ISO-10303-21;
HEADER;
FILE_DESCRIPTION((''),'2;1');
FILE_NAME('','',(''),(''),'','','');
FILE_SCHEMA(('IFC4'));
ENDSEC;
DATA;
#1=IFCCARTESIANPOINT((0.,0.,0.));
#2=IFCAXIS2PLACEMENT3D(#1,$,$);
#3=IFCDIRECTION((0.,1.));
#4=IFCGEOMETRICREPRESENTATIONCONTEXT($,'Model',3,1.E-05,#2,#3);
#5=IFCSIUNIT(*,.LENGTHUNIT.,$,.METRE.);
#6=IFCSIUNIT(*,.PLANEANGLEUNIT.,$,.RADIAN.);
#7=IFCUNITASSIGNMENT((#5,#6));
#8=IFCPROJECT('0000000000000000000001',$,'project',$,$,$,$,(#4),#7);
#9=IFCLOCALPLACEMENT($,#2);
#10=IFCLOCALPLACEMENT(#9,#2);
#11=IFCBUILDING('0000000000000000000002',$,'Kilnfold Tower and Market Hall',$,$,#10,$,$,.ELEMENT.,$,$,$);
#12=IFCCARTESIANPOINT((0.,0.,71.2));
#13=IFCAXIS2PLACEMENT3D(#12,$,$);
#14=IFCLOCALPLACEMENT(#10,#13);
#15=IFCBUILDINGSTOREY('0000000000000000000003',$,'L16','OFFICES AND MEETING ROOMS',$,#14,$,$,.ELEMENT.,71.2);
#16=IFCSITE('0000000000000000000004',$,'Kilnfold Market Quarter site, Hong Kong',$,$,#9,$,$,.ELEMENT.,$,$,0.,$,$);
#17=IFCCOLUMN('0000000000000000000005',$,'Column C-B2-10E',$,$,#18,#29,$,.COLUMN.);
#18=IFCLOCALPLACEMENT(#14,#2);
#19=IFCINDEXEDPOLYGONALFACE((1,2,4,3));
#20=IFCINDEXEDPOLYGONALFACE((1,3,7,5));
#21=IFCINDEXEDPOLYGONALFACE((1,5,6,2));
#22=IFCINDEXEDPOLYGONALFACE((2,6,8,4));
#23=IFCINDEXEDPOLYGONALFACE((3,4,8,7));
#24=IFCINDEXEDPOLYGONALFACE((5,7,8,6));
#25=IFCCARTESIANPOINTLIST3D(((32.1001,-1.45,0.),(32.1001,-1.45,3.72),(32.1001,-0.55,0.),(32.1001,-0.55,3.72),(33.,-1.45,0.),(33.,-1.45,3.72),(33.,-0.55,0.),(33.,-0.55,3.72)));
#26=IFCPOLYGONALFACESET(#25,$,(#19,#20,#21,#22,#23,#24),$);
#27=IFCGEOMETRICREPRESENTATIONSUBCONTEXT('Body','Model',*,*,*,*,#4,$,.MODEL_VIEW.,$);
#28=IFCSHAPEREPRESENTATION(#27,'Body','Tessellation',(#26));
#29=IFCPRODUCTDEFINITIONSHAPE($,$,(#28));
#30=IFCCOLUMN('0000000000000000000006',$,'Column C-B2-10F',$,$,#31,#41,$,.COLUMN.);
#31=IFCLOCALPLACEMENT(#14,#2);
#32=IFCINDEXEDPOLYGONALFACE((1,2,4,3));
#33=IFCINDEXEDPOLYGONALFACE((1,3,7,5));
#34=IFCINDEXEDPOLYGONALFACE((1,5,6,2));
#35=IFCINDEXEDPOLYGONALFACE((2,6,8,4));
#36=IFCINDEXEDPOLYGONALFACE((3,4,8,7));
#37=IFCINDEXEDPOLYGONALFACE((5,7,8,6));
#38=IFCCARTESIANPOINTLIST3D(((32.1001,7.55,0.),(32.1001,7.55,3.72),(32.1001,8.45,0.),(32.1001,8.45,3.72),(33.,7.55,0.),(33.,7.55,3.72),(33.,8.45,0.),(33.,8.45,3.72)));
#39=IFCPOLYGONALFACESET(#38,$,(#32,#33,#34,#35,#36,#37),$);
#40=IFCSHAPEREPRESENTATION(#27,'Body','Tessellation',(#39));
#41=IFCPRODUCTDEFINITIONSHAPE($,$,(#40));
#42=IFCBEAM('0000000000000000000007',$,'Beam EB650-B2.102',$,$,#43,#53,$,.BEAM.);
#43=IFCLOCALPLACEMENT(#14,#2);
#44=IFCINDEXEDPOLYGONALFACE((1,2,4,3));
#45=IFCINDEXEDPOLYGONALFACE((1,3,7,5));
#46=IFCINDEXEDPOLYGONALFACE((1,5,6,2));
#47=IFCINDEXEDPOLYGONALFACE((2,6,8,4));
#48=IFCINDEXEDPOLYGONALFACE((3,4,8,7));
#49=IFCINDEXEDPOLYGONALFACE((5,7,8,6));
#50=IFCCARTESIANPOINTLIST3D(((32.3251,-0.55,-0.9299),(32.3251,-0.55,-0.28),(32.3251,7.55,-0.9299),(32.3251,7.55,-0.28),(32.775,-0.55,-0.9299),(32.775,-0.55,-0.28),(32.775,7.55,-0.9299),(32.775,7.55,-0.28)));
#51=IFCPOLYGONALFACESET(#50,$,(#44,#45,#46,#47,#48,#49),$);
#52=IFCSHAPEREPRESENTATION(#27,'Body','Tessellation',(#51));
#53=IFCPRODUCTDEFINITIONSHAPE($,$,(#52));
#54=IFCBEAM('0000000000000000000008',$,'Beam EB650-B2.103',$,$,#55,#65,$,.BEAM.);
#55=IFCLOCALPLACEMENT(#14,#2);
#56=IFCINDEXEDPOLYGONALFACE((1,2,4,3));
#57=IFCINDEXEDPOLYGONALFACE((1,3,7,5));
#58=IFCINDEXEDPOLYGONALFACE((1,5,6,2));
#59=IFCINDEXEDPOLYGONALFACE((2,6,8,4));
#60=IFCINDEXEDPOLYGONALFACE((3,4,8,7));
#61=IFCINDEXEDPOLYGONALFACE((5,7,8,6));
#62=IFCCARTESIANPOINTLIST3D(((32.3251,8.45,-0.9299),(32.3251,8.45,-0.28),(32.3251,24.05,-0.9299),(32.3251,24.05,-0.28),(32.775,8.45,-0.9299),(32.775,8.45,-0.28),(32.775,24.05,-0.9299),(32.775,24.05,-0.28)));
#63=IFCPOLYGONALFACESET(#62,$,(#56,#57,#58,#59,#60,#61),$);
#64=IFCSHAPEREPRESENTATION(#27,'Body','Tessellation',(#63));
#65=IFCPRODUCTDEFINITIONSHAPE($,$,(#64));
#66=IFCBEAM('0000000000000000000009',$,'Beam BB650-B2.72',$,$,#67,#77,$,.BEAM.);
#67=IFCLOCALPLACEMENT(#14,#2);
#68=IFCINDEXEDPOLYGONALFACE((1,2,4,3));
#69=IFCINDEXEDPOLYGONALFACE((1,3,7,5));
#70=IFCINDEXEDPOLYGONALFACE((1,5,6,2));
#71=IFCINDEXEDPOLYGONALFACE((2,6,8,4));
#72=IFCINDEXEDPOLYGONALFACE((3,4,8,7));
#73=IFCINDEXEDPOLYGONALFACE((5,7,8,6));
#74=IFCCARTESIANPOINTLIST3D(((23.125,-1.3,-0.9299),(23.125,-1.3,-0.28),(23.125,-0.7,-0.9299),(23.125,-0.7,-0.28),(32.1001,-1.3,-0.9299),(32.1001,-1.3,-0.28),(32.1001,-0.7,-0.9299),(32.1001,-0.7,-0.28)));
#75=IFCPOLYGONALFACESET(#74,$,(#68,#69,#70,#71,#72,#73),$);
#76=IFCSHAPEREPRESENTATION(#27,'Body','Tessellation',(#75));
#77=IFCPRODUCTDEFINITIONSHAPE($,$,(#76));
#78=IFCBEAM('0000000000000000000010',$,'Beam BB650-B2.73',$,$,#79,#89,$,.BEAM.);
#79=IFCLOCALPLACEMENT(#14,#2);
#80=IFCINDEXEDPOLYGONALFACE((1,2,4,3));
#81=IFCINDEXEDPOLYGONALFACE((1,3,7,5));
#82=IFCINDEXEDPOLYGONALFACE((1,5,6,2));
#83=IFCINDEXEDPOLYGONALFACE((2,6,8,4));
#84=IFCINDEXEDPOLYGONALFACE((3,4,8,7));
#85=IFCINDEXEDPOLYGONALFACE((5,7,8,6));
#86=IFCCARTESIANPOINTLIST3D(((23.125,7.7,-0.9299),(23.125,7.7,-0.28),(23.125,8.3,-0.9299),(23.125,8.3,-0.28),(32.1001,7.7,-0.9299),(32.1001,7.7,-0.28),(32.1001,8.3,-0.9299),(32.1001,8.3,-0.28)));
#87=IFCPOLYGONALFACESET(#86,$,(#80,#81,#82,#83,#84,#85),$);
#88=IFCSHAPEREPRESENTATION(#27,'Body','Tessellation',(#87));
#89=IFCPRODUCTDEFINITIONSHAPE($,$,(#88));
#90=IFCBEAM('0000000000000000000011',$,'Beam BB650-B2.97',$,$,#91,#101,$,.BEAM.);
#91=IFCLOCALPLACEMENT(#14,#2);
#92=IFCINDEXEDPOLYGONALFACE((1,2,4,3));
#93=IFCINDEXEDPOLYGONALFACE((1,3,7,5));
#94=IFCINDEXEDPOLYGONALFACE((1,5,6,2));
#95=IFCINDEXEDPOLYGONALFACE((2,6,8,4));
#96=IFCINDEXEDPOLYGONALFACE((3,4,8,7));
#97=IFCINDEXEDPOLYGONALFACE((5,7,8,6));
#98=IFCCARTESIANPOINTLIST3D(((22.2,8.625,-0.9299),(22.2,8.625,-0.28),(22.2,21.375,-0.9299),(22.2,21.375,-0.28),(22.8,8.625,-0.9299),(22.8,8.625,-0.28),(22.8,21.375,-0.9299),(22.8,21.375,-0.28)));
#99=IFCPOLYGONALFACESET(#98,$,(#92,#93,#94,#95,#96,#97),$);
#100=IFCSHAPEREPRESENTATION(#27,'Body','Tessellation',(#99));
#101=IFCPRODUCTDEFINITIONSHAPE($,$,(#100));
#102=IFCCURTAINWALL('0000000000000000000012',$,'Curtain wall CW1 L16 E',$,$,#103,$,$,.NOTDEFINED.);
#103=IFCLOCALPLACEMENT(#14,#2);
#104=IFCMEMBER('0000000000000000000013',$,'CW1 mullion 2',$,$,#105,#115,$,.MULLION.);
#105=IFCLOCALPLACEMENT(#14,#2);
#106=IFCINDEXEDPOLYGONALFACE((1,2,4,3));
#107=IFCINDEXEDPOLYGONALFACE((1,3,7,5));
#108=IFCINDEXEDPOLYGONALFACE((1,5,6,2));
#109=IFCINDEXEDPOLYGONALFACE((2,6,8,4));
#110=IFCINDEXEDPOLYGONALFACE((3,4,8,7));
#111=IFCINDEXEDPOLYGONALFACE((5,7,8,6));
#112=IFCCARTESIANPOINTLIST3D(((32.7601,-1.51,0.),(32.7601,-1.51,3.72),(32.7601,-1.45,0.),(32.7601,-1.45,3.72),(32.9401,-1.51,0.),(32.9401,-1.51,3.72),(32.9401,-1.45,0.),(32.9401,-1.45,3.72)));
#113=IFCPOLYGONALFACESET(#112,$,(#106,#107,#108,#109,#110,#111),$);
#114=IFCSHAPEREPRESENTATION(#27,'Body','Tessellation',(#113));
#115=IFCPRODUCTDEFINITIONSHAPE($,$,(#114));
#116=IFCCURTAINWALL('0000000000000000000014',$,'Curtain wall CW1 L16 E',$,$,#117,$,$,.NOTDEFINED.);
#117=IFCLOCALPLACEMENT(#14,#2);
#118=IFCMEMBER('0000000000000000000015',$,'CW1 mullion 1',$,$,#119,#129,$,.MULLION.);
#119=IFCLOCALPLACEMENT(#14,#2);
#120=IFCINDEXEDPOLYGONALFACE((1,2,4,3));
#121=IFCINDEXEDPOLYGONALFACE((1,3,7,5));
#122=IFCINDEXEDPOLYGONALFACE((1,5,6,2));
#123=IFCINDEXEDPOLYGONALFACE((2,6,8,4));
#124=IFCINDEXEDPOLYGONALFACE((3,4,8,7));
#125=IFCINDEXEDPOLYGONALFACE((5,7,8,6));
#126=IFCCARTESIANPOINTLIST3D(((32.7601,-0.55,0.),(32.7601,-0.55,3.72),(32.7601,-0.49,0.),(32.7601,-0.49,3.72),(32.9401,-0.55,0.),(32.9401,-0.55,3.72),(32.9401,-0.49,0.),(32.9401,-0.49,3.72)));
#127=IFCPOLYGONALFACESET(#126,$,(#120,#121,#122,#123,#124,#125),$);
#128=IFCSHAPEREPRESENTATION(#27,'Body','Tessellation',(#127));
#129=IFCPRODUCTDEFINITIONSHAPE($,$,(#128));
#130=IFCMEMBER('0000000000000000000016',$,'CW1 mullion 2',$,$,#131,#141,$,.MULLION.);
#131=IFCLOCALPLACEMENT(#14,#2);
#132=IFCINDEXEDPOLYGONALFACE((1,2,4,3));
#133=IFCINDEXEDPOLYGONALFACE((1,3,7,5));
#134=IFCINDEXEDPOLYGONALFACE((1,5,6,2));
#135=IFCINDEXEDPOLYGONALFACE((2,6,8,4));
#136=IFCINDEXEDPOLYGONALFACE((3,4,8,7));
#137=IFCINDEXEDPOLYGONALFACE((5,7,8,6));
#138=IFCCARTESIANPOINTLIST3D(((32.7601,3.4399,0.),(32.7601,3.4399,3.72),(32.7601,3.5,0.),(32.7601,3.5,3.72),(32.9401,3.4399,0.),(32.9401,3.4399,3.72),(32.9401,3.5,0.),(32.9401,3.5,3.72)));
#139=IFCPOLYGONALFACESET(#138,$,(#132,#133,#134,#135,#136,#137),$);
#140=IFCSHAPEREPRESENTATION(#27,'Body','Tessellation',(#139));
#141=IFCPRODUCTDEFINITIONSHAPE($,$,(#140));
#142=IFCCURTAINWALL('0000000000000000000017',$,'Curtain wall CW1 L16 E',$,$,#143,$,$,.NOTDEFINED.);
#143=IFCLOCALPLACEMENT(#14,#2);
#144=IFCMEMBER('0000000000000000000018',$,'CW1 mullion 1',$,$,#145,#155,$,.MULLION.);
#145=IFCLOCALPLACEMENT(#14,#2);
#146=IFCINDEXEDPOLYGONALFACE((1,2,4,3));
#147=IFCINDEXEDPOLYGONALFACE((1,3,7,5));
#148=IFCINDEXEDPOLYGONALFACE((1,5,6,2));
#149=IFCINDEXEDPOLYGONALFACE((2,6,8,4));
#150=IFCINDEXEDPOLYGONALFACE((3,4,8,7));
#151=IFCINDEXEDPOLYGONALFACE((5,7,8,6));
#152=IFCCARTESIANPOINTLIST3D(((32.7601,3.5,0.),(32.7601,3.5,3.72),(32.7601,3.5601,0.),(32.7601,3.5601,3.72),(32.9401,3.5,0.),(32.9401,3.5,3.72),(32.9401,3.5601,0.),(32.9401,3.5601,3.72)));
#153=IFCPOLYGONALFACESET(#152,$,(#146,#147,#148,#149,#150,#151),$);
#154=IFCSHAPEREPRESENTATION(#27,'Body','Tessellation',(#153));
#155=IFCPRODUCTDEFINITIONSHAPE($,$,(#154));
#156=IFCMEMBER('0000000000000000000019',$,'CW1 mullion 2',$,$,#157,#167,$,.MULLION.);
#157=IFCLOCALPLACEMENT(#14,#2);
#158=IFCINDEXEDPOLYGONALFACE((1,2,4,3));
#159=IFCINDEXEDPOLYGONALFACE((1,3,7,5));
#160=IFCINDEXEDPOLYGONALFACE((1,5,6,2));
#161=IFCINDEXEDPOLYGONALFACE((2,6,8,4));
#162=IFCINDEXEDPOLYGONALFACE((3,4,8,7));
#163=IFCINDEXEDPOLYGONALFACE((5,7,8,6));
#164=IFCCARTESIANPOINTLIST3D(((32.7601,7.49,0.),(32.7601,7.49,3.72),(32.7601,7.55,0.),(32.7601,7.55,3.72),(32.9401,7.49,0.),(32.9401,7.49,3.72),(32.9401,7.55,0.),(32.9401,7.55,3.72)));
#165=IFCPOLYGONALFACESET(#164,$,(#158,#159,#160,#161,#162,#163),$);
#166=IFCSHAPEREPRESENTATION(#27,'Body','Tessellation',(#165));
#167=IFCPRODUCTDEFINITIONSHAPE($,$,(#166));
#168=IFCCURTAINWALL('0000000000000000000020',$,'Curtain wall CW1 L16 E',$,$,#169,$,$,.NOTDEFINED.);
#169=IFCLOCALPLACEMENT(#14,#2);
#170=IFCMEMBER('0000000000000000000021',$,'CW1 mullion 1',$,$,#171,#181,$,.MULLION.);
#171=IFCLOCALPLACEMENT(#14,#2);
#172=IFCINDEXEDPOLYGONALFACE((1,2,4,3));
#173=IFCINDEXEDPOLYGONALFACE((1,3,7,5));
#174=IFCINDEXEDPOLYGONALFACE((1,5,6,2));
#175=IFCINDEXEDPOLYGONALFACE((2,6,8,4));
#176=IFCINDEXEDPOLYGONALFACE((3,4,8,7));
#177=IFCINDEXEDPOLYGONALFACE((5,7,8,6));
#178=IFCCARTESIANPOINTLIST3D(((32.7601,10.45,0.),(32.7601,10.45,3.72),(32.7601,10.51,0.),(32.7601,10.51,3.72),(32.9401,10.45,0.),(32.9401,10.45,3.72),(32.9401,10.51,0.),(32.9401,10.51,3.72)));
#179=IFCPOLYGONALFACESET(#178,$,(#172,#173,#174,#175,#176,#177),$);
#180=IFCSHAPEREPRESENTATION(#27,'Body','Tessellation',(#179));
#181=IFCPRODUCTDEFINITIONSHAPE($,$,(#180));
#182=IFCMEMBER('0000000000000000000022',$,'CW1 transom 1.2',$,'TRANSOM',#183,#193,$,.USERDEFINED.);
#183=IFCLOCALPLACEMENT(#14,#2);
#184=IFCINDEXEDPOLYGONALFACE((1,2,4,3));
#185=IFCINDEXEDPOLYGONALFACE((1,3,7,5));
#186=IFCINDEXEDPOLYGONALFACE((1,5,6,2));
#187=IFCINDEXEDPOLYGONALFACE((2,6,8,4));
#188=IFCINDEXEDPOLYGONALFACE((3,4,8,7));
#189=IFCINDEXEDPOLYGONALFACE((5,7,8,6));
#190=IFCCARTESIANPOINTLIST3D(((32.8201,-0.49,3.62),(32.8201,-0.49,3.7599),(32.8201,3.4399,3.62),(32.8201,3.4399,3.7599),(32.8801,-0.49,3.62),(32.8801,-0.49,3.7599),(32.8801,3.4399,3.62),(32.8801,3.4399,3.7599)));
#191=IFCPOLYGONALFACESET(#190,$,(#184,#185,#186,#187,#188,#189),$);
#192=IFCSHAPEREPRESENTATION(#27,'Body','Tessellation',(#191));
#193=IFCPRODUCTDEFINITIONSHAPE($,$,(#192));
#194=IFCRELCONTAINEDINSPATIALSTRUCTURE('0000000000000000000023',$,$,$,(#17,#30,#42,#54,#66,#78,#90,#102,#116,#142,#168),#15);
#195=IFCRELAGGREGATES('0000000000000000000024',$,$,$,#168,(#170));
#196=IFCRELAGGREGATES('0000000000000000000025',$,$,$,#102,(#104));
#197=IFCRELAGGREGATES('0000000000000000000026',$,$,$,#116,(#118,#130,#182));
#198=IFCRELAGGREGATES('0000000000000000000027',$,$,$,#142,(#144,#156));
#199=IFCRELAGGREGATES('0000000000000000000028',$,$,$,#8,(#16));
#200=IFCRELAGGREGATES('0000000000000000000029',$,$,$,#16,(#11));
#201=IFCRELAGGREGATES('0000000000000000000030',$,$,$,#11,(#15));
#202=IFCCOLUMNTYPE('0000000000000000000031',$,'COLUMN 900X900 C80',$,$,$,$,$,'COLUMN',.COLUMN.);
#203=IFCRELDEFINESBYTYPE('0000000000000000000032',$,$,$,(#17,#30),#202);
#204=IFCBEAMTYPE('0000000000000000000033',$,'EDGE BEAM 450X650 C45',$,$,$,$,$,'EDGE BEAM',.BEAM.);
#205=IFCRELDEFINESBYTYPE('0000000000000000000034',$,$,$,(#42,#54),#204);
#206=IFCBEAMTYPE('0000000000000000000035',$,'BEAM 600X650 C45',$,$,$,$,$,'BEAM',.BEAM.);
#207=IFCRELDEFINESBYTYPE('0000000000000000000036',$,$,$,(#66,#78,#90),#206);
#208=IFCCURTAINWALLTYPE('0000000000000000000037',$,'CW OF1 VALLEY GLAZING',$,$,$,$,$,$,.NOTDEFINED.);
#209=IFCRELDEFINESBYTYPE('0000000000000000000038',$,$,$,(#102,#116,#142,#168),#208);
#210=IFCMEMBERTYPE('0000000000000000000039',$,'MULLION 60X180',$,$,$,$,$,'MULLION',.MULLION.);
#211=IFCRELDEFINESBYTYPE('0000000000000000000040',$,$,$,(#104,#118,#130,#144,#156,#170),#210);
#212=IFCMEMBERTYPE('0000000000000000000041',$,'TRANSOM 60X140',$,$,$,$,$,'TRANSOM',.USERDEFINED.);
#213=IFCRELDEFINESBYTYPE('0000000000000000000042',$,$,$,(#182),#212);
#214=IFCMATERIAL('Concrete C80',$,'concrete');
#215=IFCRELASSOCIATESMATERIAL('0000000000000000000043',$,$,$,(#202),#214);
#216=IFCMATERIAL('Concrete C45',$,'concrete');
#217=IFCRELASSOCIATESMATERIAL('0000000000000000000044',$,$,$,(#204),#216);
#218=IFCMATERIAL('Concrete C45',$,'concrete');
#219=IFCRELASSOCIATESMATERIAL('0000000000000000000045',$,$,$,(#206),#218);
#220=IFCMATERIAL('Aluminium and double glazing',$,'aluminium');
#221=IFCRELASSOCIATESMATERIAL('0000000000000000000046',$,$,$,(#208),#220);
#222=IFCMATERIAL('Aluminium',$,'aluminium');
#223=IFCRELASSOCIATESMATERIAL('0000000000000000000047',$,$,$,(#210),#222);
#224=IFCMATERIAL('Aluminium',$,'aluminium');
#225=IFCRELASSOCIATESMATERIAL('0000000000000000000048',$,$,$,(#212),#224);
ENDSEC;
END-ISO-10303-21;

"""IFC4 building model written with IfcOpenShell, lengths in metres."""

from ifc_helpers import new_model, si_unit, direction, frame, origin, origin_2d, place, context, subcontext, project, spatial, rectangle, extrude, source, transform, mapped, material, material_profile, profile_set, type_object, element, aggregate, save


model = new_model("IFC4")

# Units and contexts
model_context = context("Model", 3, precision=1e-05, world=origin(), true_north=direction((0.0, 1.0)))
body_context = subcontext(model_context, "Body", "Model", "MODEL_VIEW")
ifc_project = project(units=[si_unit("LENGTHUNIT", "METRE"), si_unit("PLANEANGLEUNIT", "RADIAN")], contexts=[model_context])

# Site, building, storey
site_placement = place(None, origin())
site = spatial("IfcSite", under=ifc_project, at=site_placement, Name="Kilnfold Market Quarter site, Hong Kong", CompositionType="ELEMENT", RefElevation=0.0)
building_placement = place(site_placement, origin())
building = spatial("IfcBuilding", under=site, at=building_placement, Name="Kilnfold Tower and Market Hall", CompositionType="ELEMENT")
storey_placement = place(building_placement, frame((0.0, 0.0, 71.2)))
storey = spatial("IfcBuildingStorey", under=building, at=storey_placement, Name="L16", Description="OFFICES AND MEETING ROOMS", CompositionType="ELEMENT", Elevation=71.2)

# Columns
ifc_material_1 = material(Name="Concrete C80", Category="concrete")
ifc_material_profile_1 = material_profile(ifc_material_1, rectangle(XDim=0.8999, YDim=0.8999, at=origin_2d()), Name="RC 900x900")
ifc_profile_set_1 = profile_set([ifc_material_profile_1], Name="Concrete C80")
column_type = type_object("IfcColumnType", Name="COLUMN 900X900 C80", ElementType="COLUMN", PredefinedType="COLUMN", material=ifc_profile_set_1)
shared_shape_1 = source(origin(), body_context, "Body", "SweptSolid", [
    extrude(rectangle(XDim=0.8999, YDim=0.8999, at=origin_2d()), origin(), (0.0, 0.0, 1.0), 3.72),
])
for number, where, z_axis, x_axis, name in (
    (1, (32.55, -1.0, 0.0), (0.0, 0.0, 1.0), (1.0, 0.0, 0.0), "Column C-B2-10E"),
    (2, (32.55, 8.0, 0.0), (0.0, 0.0, 1.0), (1.0, 0.0, 0.0), "Column C-B2-10F"),
):
    element("IfcColumn", number, at=place(storey_placement, frame(where, z_axis=z_axis, x_axis=x_axis)), inside=storey, type_object=column_type, Name=name, PredefinedType="COLUMN", context=body_context, shape_type="MappedRepresentation", body=[
        mapped(shared_shape_1, transform((0.0, 0.0, 0.0))),
    ])

# Beams
ifc_material_2 = material(Name="Concrete C45", Category="concrete")
ifc_material_profile_2 = material_profile(ifc_material_2, rectangle(XDim=0.45, YDim=0.6499, at=origin_2d()), Name="RC 450x650")
ifc_profile_set_2 = profile_set([ifc_material_profile_2], Name="Concrete C45")
beam_type_1 = type_object("IfcBeamType", Name="EDGE BEAM 450X650 C45", ElementType="EDGE BEAM", PredefinedType="BEAM", material=ifc_profile_set_2)
shared_shape_2 = source(origin(), body_context, "Body", "SweptSolid", [
    extrude(rectangle(XDim=0.45, YDim=0.6499, at=origin_2d()), origin(), (0.0, 0.0, 1.0), 8.1001),
])
beam_1_placement = place(storey_placement, frame((32.55, -0.55, -0.605), z_axis=(0.0, 1.0, 0.0), x_axis=(-1.0, 0.0, 0.0)))
element("IfcBeam", 3, at=beam_1_placement, inside=storey, type_object=beam_type_1, Name="Beam EB650-B2.102", PredefinedType="BEAM", context=body_context, shape_type="MappedRepresentation", body=[
    mapped(shared_shape_2, transform((0.0, 0.0, 0.0))),
])
shared_shape_3 = source(origin(), body_context, "Body", "SweptSolid", [
    extrude(rectangle(XDim=0.45, YDim=0.6499, at=origin_2d()), origin(), (0.0, 0.0, 1.0), 15.6001),
])
beam_2_placement = place(storey_placement, frame((32.55, 8.45, -0.605), z_axis=(0.0, 1.0, 0.0), x_axis=(-1.0, 0.0, 0.0)))
element("IfcBeam", 4, at=beam_2_placement, inside=storey, type_object=beam_type_1, Name="Beam EB650-B2.103", PredefinedType="BEAM", context=body_context, shape_type="MappedRepresentation", body=[
    mapped(shared_shape_3, transform((0.0, 0.0, 0.0))),
])
ifc_material_3 = material(Name="Concrete C45", Category="concrete")
ifc_material_profile_3 = material_profile(ifc_material_3, rectangle(XDim=0.6001, YDim=0.6499, at=origin_2d()), Name="RC 600x650")
ifc_profile_set_3 = profile_set([ifc_material_profile_3], Name="Concrete C45")
beam_type_2 = type_object("IfcBeamType", Name="BEAM 600X650 C45", ElementType="BEAM", PredefinedType="BEAM", material=ifc_profile_set_3)
shared_shape_4 = source(origin(), body_context, "Body", "SweptSolid", [
    extrude(rectangle(XDim=0.6001, YDim=0.6499, at=origin_2d()), origin(), (0.0, 0.0, 1.0), 8.9751),
])
for number, where, z_axis, x_axis, name in (
    (5, (23.125, -1.0, -0.605), (1.0, 0.0, 0.0), (0.0, 1.0, 0.0), "Beam BB650-B2.72"),
    (6, (23.125, 8.0, -0.605), (1.0, 0.0, 0.0), (0.0, 1.0, 0.0), "Beam BB650-B2.73"),
):
    element("IfcBeam", number, at=place(storey_placement, frame(where, z_axis=z_axis, x_axis=x_axis)), inside=storey, type_object=beam_type_2, Name=name, PredefinedType="BEAM", context=body_context, shape_type="MappedRepresentation", body=[
        mapped(shared_shape_4, transform((0.0, 0.0, 0.0))),
    ])
shared_shape_5 = source(origin(), body_context, "Body", "SweptSolid", [
    extrude(rectangle(XDim=0.6001, YDim=0.6499, at=origin_2d()), origin(), (0.0, 0.0, 1.0), 12.75),
])
beam_3_placement = place(storey_placement, frame((22.5, 8.625, -0.605), z_axis=(0.0, 1.0, 0.0), x_axis=(-1.0, 0.0, 0.0)))
element("IfcBeam", 7, at=beam_3_placement, inside=storey, type_object=beam_type_2, Name="Beam BB650-B2.97", PredefinedType="BEAM", context=body_context, shape_type="MappedRepresentation", body=[
    mapped(shared_shape_5, transform((0.0, 0.0, 0.0))),
])

# Curtain wall, member
ifc_material_4 = material(Name="Aluminium and double glazing", Category="aluminium")
curtain_wall_type = type_object("IfcCurtainWallType", Name="CW OF1 VALLEY GLAZING", PredefinedType="NOTDEFINED", material=ifc_material_4)
curtain_wall_1_placement = place(storey_placement, origin())
curtain_wall_1 = element("IfcCurtainWall", 8, at=curtain_wall_1_placement, inside=storey, type_object=curtain_wall_type, Name="Curtain wall CW1 L16 E", PredefinedType="NOTDEFINED")
ifc_material_5 = material(Name="Aluminium", Category="aluminium")
ifc_material_profile_4 = material_profile(ifc_material_5, rectangle(XDim=0.0601, YDim=0.1799, at=origin_2d()), Name="MULLION 60x180")
ifc_profile_set_4 = profile_set([ifc_material_profile_4], Name="Aluminium")
member_type_1 = type_object("IfcMemberType", Name="MULLION 60X180", ElementType="MULLION", PredefinedType="MULLION", material=ifc_profile_set_4)
shared_shape_6 = source(origin(), body_context, "Body", "SweptSolid", [
    extrude(rectangle(XDim=0.0601, YDim=0.1799, at=origin_2d()), origin(), (0.0, 0.0, 1.0), 3.72),
])
member_1_placement = place(storey_placement, frame((32.8501, -1.48, 0.0), z_axis=(0.0, 0.0, 1.0), x_axis=(0.0, 1.0, 0.0)))
member_1 = element("IfcMember", 9, at=member_1_placement, type_object=member_type_1, Name="CW1 mullion 2", PredefinedType="MULLION", context=body_context, shape_type="MappedRepresentation", body=[
    mapped(shared_shape_6, transform((0.0, 0.0, 0.0))),
])

# Curtain walls, members
curtain_wall_2_placement = place(storey_placement, origin())
curtain_wall_2 = element("IfcCurtainWall", 10, at=curtain_wall_2_placement, inside=storey, type_object=curtain_wall_type, Name="Curtain wall CW1 L16 E", PredefinedType="NOTDEFINED")
member_2_placement = place(storey_placement, frame((32.8501, -0.52, 0.0), z_axis=(0.0, 0.0, 1.0), x_axis=(0.0, 1.0, 0.0)))
member_2 = element("IfcMember", 11, at=member_2_placement, type_object=member_type_1, Name="CW1 mullion 1", PredefinedType="MULLION", context=body_context, shape_type="MappedRepresentation", body=[
    mapped(shared_shape_6, transform((0.0, 0.0, 0.0))),
])
member_3_placement = place(storey_placement, frame((32.8501, 3.47, 0.0), z_axis=(0.0, 0.0, 1.0), x_axis=(0.0, 1.0, 0.0)))
member_3 = element("IfcMember", 12, at=member_3_placement, type_object=member_type_1, Name="CW1 mullion 2", PredefinedType="MULLION", context=body_context, shape_type="MappedRepresentation", body=[
    mapped(shared_shape_6, transform((0.0, 0.0, 0.0))),
])
curtain_wall_3_placement = place(storey_placement, origin())
curtain_wall_3 = element("IfcCurtainWall", 13, at=curtain_wall_3_placement, inside=storey, type_object=curtain_wall_type, Name="Curtain wall CW1 L16 E", PredefinedType="NOTDEFINED")
member_4_placement = place(storey_placement, frame((32.8501, 3.53, 0.0), z_axis=(0.0, 0.0, 1.0), x_axis=(0.0, 1.0, 0.0)))
member_4 = element("IfcMember", 14, at=member_4_placement, type_object=member_type_1, Name="CW1 mullion 1", PredefinedType="MULLION", context=body_context, shape_type="MappedRepresentation", body=[
    mapped(shared_shape_6, transform((0.0, 0.0, 0.0))),
])
member_5_placement = place(storey_placement, frame((32.8501, 7.52, 0.0), z_axis=(0.0, 0.0, 1.0), x_axis=(0.0, 1.0, 0.0)))
member_5 = element("IfcMember", 15, at=member_5_placement, type_object=member_type_1, Name="CW1 mullion 2", PredefinedType="MULLION", context=body_context, shape_type="MappedRepresentation", body=[
    mapped(shared_shape_6, transform((0.0, 0.0, 0.0))),
])

# Curtain wall, member
curtain_wall_4_placement = place(storey_placement, origin())
curtain_wall_4 = element("IfcCurtainWall", 16, at=curtain_wall_4_placement, inside=storey, type_object=curtain_wall_type, Name="Curtain wall CW1 L16 E", PredefinedType="NOTDEFINED")
member_6_placement = place(storey_placement, frame((32.8501, 10.48, 0.0), z_axis=(0.0, 0.0, 1.0), x_axis=(0.0, 1.0, 0.0)))
member_6 = element("IfcMember", 17, at=member_6_placement, type_object=member_type_1, Name="CW1 mullion 1", PredefinedType="MULLION", context=body_context, shape_type="MappedRepresentation", body=[
    mapped(shared_shape_6, transform((0.0, 0.0, 0.0))),
])
aggregate(curtain_wall_4, [member_6])

# Member
ifc_material_6 = material(Name="Aluminium", Category="aluminium")
ifc_material_profile_5 = material_profile(ifc_material_6, rectangle(XDim=0.0601, YDim=0.1399, at=origin_2d()), Name="TRANSOM 60x140")
ifc_profile_set_5 = profile_set([ifc_material_profile_5], Name="Aluminium")
member_type_2 = type_object("IfcMemberType", Name="TRANSOM 60X140", ElementType="TRANSOM", PredefinedType="USERDEFINED", material=ifc_profile_set_5)
shared_shape_7 = source(origin(), body_context, "Body", "SweptSolid", [
    extrude(rectangle(XDim=0.0601, YDim=0.1399, at=origin_2d()), origin(), (0.0, 0.0, 1.0), 3.9299),
])
member_7_placement = place(storey_placement, frame((32.8501, -0.49, 3.6899), z_axis=(0.0, 1.0, 0.0), x_axis=(-1.0, 0.0, 0.0)))
member_7 = element("IfcMember", 18, at=member_7_placement, type_object=member_type_2, Name="CW1 transom 1.2", ObjectType="TRANSOM", PredefinedType="USERDEFINED", context=body_context, shape_type="MappedRepresentation", body=[
    mapped(shared_shape_7, transform((0.0, 0.0, 0.0))),
])

aggregate(curtain_wall_1, [member_1])
aggregate(curtain_wall_2, [member_2, member_3, member_7])
aggregate(curtain_wall_3, [member_4, member_5])

save(model, "model.ifc")
